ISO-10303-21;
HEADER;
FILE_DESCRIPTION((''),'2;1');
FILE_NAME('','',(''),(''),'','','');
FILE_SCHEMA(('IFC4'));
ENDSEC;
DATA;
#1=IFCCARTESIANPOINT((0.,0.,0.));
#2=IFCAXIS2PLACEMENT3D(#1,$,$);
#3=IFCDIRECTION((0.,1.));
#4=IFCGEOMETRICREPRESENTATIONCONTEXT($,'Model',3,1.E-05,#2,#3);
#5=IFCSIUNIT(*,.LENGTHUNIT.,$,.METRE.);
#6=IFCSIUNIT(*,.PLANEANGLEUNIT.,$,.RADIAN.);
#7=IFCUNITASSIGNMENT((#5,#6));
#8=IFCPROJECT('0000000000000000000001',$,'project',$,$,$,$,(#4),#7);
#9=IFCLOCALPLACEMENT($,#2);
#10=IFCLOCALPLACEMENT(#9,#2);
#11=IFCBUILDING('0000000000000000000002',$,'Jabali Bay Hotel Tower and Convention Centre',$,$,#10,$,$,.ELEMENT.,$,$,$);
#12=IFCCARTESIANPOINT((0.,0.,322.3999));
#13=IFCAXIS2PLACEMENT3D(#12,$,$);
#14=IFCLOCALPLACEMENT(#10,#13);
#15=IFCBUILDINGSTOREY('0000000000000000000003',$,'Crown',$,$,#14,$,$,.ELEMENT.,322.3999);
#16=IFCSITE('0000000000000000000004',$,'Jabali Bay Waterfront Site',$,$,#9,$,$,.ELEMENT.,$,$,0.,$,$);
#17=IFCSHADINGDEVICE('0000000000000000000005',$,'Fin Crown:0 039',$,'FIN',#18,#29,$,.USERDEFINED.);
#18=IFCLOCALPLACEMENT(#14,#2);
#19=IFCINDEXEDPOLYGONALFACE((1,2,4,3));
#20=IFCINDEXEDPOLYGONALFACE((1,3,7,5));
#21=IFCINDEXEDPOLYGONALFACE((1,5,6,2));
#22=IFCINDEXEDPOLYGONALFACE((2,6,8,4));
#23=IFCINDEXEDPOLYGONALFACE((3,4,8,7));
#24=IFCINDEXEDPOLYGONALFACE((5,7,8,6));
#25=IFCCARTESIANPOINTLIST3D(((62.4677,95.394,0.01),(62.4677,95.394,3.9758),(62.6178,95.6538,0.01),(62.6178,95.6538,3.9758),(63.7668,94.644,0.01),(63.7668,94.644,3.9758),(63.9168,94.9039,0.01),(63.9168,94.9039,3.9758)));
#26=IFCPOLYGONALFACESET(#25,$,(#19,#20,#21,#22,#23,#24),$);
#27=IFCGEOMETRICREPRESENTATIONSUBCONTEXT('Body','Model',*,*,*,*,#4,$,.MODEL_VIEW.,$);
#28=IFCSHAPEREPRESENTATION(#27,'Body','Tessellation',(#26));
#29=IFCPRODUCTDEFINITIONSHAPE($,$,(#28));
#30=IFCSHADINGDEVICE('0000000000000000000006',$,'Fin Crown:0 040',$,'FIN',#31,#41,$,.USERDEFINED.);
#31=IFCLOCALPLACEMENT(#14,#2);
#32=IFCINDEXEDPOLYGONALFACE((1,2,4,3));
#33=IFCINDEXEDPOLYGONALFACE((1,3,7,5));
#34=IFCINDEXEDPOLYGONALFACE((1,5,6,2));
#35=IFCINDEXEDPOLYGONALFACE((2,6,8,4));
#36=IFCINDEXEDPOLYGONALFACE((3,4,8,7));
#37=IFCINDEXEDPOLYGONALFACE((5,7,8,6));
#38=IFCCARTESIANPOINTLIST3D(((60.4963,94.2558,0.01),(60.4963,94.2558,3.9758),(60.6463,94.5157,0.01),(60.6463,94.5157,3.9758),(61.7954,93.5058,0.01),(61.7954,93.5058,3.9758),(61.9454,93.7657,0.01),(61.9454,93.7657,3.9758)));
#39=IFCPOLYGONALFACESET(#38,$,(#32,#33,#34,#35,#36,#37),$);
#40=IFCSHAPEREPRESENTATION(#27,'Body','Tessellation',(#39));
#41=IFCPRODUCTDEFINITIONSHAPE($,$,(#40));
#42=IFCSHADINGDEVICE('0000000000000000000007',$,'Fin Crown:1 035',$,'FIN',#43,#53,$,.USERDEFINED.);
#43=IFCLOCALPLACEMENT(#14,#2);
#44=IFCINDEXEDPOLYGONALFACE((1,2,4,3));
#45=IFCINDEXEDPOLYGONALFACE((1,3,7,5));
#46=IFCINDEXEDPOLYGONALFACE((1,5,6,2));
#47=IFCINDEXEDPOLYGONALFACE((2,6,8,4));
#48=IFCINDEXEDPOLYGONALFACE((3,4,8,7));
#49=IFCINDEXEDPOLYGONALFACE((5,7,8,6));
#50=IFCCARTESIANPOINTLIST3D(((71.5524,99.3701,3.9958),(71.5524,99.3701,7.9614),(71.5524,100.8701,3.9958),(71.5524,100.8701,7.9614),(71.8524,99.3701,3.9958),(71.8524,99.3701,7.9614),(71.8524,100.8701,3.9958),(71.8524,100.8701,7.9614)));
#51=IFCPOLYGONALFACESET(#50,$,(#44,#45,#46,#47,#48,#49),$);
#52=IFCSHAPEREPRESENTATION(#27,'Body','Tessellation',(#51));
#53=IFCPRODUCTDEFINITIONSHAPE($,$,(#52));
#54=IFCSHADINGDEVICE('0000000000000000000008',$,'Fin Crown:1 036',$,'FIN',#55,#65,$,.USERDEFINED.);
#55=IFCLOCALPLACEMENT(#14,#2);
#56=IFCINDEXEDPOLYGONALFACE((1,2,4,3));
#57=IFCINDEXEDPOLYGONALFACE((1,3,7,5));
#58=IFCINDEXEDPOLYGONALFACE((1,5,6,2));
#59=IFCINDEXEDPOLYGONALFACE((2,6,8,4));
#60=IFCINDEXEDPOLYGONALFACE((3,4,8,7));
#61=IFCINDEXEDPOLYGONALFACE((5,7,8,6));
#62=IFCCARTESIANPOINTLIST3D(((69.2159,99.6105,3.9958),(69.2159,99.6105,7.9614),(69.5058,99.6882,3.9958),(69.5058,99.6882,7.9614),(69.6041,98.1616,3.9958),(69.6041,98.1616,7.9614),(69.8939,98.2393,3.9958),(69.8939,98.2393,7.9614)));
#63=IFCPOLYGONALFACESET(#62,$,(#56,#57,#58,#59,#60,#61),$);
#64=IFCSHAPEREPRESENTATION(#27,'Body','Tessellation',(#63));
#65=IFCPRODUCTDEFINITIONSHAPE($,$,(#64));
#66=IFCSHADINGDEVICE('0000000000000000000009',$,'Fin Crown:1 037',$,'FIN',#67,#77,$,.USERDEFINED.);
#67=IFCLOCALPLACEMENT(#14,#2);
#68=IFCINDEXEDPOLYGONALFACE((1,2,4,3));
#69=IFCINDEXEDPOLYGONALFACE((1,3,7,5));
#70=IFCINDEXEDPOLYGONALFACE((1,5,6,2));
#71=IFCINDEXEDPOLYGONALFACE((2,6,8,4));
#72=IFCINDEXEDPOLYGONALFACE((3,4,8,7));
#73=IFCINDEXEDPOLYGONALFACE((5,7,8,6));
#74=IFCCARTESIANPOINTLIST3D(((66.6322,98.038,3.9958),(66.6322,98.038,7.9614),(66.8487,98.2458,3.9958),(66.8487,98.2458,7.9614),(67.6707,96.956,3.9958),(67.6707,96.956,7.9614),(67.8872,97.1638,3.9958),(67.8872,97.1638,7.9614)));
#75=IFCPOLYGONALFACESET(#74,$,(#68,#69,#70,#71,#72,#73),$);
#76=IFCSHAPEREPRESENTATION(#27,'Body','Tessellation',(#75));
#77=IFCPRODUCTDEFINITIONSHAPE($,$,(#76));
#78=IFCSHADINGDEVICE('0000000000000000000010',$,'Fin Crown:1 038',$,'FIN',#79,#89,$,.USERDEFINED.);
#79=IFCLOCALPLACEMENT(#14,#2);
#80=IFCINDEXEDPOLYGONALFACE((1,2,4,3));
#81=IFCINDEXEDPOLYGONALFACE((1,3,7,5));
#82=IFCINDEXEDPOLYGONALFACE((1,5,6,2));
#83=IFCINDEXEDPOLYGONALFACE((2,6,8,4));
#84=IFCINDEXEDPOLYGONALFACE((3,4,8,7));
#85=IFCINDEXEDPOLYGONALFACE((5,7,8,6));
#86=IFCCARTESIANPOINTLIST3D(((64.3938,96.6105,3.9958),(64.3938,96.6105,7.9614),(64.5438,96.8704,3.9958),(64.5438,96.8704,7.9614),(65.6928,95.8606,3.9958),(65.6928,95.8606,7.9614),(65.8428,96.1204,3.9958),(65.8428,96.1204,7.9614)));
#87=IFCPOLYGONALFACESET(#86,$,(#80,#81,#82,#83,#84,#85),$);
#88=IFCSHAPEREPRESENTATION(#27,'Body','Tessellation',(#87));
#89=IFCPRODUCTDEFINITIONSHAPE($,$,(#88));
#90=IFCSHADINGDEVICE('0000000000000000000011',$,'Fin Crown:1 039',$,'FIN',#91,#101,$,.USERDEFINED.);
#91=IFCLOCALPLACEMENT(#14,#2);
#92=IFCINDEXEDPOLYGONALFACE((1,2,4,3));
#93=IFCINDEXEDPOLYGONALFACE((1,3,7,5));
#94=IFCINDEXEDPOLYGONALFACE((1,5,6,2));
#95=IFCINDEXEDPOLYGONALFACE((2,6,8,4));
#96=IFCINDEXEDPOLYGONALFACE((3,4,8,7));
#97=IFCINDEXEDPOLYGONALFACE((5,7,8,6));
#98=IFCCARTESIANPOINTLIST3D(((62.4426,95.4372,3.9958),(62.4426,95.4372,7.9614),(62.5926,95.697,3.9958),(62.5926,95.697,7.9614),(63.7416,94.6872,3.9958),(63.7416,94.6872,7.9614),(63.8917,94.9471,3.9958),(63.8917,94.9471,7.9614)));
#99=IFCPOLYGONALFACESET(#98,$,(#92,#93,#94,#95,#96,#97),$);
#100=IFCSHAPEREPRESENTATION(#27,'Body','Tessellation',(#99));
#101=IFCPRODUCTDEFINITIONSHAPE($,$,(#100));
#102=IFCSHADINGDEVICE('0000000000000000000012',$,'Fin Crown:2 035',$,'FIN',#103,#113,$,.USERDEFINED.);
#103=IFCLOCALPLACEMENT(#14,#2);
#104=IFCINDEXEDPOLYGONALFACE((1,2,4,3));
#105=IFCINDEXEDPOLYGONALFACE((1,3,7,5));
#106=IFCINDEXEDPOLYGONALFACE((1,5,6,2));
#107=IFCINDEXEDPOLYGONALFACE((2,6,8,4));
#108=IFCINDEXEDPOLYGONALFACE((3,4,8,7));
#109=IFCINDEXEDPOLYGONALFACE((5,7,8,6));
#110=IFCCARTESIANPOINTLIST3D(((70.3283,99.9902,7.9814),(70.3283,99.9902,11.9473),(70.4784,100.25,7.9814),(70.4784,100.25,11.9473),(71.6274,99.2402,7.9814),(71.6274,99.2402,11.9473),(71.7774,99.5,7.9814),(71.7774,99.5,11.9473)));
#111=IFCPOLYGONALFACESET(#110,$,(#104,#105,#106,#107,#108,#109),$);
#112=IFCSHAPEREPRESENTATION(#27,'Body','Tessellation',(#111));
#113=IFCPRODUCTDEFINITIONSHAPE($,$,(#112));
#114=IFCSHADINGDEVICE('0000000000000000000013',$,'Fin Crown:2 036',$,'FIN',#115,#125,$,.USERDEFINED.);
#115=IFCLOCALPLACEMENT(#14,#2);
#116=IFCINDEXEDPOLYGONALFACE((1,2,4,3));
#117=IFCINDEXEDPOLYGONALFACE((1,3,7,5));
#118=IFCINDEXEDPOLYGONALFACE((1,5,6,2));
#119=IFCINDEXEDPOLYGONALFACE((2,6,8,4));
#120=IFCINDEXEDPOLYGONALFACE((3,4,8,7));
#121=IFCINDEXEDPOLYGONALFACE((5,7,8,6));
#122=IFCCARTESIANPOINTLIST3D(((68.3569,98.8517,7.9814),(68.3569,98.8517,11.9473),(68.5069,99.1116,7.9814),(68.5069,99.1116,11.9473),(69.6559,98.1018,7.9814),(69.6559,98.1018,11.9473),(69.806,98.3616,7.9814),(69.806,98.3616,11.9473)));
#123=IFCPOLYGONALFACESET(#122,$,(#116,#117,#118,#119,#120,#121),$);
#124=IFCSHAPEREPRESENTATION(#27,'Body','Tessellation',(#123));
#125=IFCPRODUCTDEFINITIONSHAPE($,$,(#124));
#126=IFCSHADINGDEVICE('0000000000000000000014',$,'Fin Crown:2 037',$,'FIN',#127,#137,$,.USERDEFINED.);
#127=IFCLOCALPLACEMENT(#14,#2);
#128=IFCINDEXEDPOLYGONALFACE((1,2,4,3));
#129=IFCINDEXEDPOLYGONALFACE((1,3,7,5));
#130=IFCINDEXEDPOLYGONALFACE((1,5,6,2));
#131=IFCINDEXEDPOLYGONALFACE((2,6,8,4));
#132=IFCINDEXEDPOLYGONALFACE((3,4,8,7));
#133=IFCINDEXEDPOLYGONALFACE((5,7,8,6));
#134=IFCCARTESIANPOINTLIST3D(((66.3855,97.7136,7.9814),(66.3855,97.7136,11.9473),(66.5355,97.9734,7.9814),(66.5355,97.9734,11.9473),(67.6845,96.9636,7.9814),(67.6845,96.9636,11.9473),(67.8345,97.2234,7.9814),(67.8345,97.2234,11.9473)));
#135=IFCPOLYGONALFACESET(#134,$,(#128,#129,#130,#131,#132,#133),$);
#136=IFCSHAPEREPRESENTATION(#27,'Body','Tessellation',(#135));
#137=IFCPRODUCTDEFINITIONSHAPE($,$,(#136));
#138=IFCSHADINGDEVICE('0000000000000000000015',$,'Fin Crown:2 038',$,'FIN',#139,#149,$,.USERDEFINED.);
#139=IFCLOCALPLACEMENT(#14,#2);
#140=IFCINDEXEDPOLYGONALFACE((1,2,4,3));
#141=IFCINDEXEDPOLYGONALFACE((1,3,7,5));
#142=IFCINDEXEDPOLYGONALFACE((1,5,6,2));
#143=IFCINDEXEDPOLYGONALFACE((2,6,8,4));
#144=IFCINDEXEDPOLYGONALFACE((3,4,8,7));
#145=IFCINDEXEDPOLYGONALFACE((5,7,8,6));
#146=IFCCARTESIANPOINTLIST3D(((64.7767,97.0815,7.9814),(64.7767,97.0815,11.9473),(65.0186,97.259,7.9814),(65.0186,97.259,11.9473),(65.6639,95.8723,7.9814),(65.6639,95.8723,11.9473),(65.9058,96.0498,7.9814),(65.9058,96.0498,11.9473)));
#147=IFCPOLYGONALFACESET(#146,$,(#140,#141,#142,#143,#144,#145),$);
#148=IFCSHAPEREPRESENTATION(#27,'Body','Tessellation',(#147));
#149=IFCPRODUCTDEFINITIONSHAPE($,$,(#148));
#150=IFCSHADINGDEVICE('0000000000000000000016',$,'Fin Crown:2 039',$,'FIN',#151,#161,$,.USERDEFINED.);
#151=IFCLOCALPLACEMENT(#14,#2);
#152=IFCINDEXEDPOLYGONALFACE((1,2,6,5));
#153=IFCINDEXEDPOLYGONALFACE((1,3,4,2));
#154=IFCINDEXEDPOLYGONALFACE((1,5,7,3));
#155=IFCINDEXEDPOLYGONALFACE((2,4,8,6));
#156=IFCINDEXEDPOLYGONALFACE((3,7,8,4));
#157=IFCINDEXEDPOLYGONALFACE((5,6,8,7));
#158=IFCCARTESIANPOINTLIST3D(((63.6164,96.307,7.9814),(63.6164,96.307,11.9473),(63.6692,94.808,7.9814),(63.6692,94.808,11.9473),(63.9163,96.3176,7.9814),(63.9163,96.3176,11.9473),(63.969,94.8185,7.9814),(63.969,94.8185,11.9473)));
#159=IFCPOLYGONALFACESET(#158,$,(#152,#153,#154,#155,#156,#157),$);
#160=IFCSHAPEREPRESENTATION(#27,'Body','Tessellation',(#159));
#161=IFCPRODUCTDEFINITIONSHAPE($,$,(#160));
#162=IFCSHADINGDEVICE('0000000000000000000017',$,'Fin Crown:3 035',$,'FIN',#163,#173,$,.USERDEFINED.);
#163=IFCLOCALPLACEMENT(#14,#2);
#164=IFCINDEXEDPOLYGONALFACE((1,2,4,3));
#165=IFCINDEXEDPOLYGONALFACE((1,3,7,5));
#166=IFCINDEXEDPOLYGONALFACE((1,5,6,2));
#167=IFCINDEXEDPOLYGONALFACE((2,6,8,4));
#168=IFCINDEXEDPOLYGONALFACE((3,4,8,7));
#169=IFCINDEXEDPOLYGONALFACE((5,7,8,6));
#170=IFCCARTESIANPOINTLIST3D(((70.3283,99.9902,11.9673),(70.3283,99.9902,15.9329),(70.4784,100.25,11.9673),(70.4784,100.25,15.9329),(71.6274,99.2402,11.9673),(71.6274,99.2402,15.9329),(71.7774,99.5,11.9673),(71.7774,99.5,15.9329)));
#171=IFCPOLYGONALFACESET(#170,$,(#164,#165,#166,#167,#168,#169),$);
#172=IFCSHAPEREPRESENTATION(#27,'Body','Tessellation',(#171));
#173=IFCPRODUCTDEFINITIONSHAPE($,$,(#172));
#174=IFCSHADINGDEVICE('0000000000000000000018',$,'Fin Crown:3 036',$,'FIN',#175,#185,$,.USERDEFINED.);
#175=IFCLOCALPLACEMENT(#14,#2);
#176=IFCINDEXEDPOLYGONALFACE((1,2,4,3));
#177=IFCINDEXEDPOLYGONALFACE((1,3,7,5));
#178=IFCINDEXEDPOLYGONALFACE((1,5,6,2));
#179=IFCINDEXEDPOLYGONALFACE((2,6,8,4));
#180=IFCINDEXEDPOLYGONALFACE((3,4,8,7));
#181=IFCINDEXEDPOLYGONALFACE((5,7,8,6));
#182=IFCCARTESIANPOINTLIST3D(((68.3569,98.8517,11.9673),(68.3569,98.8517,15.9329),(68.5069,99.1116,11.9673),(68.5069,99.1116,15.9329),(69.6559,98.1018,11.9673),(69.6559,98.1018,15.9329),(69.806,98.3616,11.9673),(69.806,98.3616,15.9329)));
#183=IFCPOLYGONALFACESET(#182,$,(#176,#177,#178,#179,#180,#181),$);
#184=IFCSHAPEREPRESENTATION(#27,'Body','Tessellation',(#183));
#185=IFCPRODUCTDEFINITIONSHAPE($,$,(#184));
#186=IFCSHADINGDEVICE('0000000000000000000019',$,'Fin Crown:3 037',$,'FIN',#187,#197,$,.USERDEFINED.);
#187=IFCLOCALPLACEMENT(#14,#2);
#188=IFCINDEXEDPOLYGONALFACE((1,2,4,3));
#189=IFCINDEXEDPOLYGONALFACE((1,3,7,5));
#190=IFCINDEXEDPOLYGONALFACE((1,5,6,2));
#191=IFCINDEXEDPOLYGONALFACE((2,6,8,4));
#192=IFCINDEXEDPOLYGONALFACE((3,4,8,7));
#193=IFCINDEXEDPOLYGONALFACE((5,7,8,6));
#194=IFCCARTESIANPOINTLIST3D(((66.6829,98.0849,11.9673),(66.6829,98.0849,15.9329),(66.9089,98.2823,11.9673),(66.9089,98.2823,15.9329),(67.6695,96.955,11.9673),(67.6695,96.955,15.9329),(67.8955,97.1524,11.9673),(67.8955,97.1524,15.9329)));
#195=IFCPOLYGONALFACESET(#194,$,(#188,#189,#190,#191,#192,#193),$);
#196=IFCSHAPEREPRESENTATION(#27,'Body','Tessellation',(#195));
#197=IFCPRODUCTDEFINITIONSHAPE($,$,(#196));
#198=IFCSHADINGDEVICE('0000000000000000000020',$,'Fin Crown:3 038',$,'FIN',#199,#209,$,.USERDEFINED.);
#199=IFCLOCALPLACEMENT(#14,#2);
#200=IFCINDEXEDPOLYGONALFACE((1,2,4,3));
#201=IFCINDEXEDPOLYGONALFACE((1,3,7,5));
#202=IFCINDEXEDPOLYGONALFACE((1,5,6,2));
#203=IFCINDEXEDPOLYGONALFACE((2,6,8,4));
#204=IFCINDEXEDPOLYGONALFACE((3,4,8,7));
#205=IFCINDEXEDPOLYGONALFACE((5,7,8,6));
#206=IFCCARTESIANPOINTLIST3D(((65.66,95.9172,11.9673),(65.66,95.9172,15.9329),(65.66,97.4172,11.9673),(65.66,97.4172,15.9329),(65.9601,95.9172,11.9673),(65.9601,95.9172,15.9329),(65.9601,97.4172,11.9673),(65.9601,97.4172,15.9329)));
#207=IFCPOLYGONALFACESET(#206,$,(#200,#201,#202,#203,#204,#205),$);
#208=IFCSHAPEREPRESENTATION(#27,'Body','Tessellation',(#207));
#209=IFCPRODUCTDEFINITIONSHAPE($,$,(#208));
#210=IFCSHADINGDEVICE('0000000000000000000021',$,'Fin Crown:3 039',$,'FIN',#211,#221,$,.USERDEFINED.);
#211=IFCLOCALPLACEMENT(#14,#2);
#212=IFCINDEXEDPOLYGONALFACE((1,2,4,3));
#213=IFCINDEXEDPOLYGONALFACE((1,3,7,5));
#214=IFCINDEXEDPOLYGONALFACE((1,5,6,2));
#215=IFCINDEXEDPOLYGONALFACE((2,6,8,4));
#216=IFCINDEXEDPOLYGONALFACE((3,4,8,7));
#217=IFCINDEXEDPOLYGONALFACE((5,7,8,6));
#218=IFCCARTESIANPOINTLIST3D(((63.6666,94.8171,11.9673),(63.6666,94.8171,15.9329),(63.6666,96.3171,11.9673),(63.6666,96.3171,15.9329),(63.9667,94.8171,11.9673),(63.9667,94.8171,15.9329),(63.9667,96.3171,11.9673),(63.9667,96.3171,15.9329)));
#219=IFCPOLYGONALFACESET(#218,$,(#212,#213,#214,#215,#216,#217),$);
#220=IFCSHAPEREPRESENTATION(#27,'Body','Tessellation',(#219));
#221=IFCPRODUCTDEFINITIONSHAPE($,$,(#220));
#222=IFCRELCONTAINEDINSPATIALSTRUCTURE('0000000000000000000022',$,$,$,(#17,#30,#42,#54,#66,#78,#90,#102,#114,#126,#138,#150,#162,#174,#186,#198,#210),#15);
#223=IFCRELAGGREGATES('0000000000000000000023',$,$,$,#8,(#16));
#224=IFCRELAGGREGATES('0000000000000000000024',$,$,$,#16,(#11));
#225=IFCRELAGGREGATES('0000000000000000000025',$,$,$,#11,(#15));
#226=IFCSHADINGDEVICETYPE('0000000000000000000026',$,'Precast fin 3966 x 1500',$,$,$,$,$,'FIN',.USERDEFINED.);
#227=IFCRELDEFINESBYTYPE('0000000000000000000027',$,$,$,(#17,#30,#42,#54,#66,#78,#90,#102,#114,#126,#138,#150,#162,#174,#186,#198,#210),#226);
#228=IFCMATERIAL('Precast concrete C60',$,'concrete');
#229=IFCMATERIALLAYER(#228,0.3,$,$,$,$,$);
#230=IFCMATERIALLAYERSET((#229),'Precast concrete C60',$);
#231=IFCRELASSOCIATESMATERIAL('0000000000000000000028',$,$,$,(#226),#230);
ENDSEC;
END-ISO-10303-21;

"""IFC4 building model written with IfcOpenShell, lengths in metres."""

from ifc_helpers import new_model, si_unit, direction, frame, frame_2d, origin, place, context, subcontext, project, spatial, rectangle, extrude, material, layer, layer_set, type_object, element, save


model = new_model("IFC4")

# Units and contexts
model_context = context("Model", 3, precision=1e-05, world=origin(), true_north=direction((0.0, 1.0)))
body_context = subcontext(model_context, "Body", "Model", "MODEL_VIEW")
ifc_project = project(units=[si_unit("LENGTHUNIT", "METRE"), si_unit("PLANEANGLEUNIT", "RADIAN")], contexts=[model_context])

# Site, building, storey
site_placement = place(None, origin())
site = spatial("IfcSite", under=ifc_project, at=site_placement, Name="Jabali Bay Waterfront Site", CompositionType="ELEMENT", RefElevation=0.0)
building_placement = place(site_placement, origin())
building = spatial("IfcBuilding", under=site, at=building_placement, Name="Jabali Bay Hotel Tower and Convention Centre", CompositionType="ELEMENT")
storey_placement = place(building_placement, frame((0.0, 0.0, 322.3999)))
storey = spatial("IfcBuildingStorey", under=building, at=storey_placement, Name="Crown", CompositionType="ELEMENT", Elevation=322.3999)

# Shading devices
ifc_material_1 = material(Name="Precast concrete C60", Category="concrete")
ifc_layer = layer(ifc_material_1, 0.3)
ifc_layer_set = layer_set([ifc_layer], Name="Precast concrete C60")
shading_device_type = type_object("IfcShadingDeviceType", Name="Precast fin 3966 x 1500", ElementType="FIN", PredefinedType="USERDEFINED", material=ifc_layer_set)
for number, where, z_axis, x_axis, name in (
    (1, (63.8418, 94.7739, 0.01), (0.0, 0.0, 1.0), (-0.866031, 0.49999, 0.0), "Fin Crown:0 039"),
    (2, (61.8704, 93.6357, 0.01), (0.0, 0.0, 1.0), (-0.866031, 0.49999, 0.0), "Fin Crown:0 040"),
):
    element("IfcShadingDevice", number, at=place(storey_placement, frame(where, z_axis=z_axis, x_axis=x_axis)), inside=storey, type_object=shading_device_type, Name=name, ObjectType="FIN", PredefinedType="USERDEFINED", context=body_context, shape_type="SweptSolid", body=[
        extrude(rectangle(XDim=1.5, YDim=0.3, at=frame_2d((0.75, 0.0))), origin(), (0.0, 0.0, 1.0), 3.9658),
    ])
for number, where, z_axis, x_axis, name in (
    (3, (71.7024, 99.3701, 3.9958), (0.0, 0.0, 1.0), (0.0, 1.0, 0.0), "Fin Crown:1 035"),
    (4, (69.749, 98.2004, 3.9958), (0.0, 0.0, 1.0), (-0.258777, 0.965937, 0.0), "Fin Crown:1 036"),
):
    element("IfcShadingDevice", number, at=place(storey_placement, frame(where, z_axis=z_axis, x_axis=x_axis)), inside=storey, type_object=shading_device_type, Name=name, ObjectType="FIN", PredefinedType="USERDEFINED", context=body_context, shape_type="SweptSolid", body=[
        extrude(rectangle(XDim=1.5, YDim=0.3, at=frame_2d((0.75, 0.0))), origin(), (0.0, 0.0, 1.0), 3.9656),
    ])
shading_device_1_placement = place(storey_placement, frame((67.7791, 97.0598, 3.9958), z_axis=(0.0, 0.0, 1.0), x_axis=(-0.692471, 0.721446, 0.0)))
element("IfcShadingDevice", 5, at=shading_device_1_placement, inside=storey, type_object=shading_device_type, Name="Fin Crown:1 037", ObjectType="FIN", PredefinedType="USERDEFINED", context=body_context, shape_type="SweptSolid", body=[
    extrude(rectangle(XDim=1.4998, YDim=0.3, at=frame_2d((0.75, 0.0))), origin(), (0.0, 0.0, 1.0), 3.9656),
])
for number, where, z_axis, x_axis, name in (
    (6, (65.7678, 95.9905, 3.9958), (0.0, 0.0, 1.0), (-0.866031, 0.49999, 0.0), "Fin Crown:1 038"),
    (7, (63.8167, 94.8171, 3.9958), (0.0, 0.0, 1.0), (-0.866031, 0.49999, 0.0), "Fin Crown:1 039"),
):
    element("IfcShadingDevice", number, at=place(storey_placement, frame(where, z_axis=z_axis, x_axis=x_axis)), inside=storey, type_object=shading_device_type, Name=name, ObjectType="FIN", PredefinedType="USERDEFINED", context=body_context, shape_type="SweptSolid", body=[
        extrude(rectangle(XDim=1.5, YDim=0.3, at=frame_2d((0.75, 0.0))), origin(), (0.0, 0.0, 1.0), 3.9656),
    ])
for number, where, z_axis, x_axis, name in (
    (8, (71.7024, 99.3701, 7.9814), (0.0, 0.0, 1.0), (-0.866031, 0.49999, 0.0), "Fin Crown:2 035"),
    (9, (69.731, 98.2317, 7.9814), (0.0, 0.0, 1.0), (-0.866031, 0.49999, 0.0), "Fin Crown:2 036"),
    (10, (67.7595, 97.0935, 7.9814), (0.0, 0.0, 1.0), (-0.866031, 0.49999, 0.0), "Fin Crown:2 037"),
):
    element("IfcShadingDevice", number, at=place(storey_placement, frame(where, z_axis=z_axis, x_axis=x_axis)), inside=storey, type_object=shading_device_type, Name=name, ObjectType="FIN", PredefinedType="USERDEFINED", context=body_context, shape_type="SweptSolid", body=[
        extrude(rectangle(XDim=1.5, YDim=0.3, at=frame_2d((0.75, 0.0))), origin(), (0.0, 0.0, 1.0), 3.9658),
    ])
shading_device_2_placement = place(storey_placement, frame((65.7849, 95.9609, 7.9814), z_axis=(0.0, 0.0, 1.0), x_axis=(-0.591554, 0.806265, 0.0)))
element("IfcShadingDevice", 11, at=shading_device_2_placement, inside=storey, type_object=shading_device_type, Name="Fin Crown:2 038", ObjectType="FIN", PredefinedType="USERDEFINED", context=body_context, shape_type="SweptSolid", body=[
    extrude(rectangle(XDim=1.4998, YDim=0.3, at=frame_2d((0.75, 0.0))), origin(), (0.0, 0.0, 1.0), 3.9658),
])
shading_device_3_placement = place(storey_placement, frame((63.8191, 94.8132, 7.9814), z_axis=(0.0, 0.0, 1.0), x_axis=(-0.035157, 0.999382, 0.0)))
element("IfcShadingDevice", 12, at=shading_device_3_placement, inside=storey, type_object=shading_device_type, Name="Fin Crown:2 039", ObjectType="FIN", PredefinedType="USERDEFINED", context=body_context, shape_type="SweptSolid", body=[
    extrude(rectangle(XDim=1.5, YDim=0.3, at=frame_2d((0.75, 0.0))), origin(), (0.0, 0.0, 1.0), 3.9658),
])
for number, where, z_axis, x_axis, name in (
    (13, (71.7024, 99.3701, 11.9673), (0.0, 0.0, 1.0), (-0.866031, 0.49999, 0.0), "Fin Crown:3 035"),
    (14, (69.731, 98.2317, 11.9673), (0.0, 0.0, 1.0), (-0.866031, 0.49999, 0.0), "Fin Crown:3 036"),
    (15, (67.7825, 97.0537, 11.9673), (0.0, 0.0, 1.0), (-0.657721, 0.753262, 0.0), "Fin Crown:3 037"),
    (16, (65.8101, 95.9172, 11.9673), (0.0, 0.0, 1.0), (0.0, 1.0, 0.0), "Fin Crown:3 038"),
    (17, (63.8167, 94.8171, 11.9673), (0.0, 0.0, 1.0), (0.0, 1.0, 0.0), "Fin Crown:3 039"),
):
    element("IfcShadingDevice", number, at=place(storey_placement, frame(where, z_axis=z_axis, x_axis=x_axis)), inside=storey, type_object=shading_device_type, Name=name, ObjectType="FIN", PredefinedType="USERDEFINED", context=body_context, shape_type="SweptSolid", body=[
        extrude(rectangle(XDim=1.5, YDim=0.3, at=frame_2d((0.75, 0.0))), origin(), (0.0, 0.0, 1.0), 3.9656),
    ])

save(model, "model.ifc")
